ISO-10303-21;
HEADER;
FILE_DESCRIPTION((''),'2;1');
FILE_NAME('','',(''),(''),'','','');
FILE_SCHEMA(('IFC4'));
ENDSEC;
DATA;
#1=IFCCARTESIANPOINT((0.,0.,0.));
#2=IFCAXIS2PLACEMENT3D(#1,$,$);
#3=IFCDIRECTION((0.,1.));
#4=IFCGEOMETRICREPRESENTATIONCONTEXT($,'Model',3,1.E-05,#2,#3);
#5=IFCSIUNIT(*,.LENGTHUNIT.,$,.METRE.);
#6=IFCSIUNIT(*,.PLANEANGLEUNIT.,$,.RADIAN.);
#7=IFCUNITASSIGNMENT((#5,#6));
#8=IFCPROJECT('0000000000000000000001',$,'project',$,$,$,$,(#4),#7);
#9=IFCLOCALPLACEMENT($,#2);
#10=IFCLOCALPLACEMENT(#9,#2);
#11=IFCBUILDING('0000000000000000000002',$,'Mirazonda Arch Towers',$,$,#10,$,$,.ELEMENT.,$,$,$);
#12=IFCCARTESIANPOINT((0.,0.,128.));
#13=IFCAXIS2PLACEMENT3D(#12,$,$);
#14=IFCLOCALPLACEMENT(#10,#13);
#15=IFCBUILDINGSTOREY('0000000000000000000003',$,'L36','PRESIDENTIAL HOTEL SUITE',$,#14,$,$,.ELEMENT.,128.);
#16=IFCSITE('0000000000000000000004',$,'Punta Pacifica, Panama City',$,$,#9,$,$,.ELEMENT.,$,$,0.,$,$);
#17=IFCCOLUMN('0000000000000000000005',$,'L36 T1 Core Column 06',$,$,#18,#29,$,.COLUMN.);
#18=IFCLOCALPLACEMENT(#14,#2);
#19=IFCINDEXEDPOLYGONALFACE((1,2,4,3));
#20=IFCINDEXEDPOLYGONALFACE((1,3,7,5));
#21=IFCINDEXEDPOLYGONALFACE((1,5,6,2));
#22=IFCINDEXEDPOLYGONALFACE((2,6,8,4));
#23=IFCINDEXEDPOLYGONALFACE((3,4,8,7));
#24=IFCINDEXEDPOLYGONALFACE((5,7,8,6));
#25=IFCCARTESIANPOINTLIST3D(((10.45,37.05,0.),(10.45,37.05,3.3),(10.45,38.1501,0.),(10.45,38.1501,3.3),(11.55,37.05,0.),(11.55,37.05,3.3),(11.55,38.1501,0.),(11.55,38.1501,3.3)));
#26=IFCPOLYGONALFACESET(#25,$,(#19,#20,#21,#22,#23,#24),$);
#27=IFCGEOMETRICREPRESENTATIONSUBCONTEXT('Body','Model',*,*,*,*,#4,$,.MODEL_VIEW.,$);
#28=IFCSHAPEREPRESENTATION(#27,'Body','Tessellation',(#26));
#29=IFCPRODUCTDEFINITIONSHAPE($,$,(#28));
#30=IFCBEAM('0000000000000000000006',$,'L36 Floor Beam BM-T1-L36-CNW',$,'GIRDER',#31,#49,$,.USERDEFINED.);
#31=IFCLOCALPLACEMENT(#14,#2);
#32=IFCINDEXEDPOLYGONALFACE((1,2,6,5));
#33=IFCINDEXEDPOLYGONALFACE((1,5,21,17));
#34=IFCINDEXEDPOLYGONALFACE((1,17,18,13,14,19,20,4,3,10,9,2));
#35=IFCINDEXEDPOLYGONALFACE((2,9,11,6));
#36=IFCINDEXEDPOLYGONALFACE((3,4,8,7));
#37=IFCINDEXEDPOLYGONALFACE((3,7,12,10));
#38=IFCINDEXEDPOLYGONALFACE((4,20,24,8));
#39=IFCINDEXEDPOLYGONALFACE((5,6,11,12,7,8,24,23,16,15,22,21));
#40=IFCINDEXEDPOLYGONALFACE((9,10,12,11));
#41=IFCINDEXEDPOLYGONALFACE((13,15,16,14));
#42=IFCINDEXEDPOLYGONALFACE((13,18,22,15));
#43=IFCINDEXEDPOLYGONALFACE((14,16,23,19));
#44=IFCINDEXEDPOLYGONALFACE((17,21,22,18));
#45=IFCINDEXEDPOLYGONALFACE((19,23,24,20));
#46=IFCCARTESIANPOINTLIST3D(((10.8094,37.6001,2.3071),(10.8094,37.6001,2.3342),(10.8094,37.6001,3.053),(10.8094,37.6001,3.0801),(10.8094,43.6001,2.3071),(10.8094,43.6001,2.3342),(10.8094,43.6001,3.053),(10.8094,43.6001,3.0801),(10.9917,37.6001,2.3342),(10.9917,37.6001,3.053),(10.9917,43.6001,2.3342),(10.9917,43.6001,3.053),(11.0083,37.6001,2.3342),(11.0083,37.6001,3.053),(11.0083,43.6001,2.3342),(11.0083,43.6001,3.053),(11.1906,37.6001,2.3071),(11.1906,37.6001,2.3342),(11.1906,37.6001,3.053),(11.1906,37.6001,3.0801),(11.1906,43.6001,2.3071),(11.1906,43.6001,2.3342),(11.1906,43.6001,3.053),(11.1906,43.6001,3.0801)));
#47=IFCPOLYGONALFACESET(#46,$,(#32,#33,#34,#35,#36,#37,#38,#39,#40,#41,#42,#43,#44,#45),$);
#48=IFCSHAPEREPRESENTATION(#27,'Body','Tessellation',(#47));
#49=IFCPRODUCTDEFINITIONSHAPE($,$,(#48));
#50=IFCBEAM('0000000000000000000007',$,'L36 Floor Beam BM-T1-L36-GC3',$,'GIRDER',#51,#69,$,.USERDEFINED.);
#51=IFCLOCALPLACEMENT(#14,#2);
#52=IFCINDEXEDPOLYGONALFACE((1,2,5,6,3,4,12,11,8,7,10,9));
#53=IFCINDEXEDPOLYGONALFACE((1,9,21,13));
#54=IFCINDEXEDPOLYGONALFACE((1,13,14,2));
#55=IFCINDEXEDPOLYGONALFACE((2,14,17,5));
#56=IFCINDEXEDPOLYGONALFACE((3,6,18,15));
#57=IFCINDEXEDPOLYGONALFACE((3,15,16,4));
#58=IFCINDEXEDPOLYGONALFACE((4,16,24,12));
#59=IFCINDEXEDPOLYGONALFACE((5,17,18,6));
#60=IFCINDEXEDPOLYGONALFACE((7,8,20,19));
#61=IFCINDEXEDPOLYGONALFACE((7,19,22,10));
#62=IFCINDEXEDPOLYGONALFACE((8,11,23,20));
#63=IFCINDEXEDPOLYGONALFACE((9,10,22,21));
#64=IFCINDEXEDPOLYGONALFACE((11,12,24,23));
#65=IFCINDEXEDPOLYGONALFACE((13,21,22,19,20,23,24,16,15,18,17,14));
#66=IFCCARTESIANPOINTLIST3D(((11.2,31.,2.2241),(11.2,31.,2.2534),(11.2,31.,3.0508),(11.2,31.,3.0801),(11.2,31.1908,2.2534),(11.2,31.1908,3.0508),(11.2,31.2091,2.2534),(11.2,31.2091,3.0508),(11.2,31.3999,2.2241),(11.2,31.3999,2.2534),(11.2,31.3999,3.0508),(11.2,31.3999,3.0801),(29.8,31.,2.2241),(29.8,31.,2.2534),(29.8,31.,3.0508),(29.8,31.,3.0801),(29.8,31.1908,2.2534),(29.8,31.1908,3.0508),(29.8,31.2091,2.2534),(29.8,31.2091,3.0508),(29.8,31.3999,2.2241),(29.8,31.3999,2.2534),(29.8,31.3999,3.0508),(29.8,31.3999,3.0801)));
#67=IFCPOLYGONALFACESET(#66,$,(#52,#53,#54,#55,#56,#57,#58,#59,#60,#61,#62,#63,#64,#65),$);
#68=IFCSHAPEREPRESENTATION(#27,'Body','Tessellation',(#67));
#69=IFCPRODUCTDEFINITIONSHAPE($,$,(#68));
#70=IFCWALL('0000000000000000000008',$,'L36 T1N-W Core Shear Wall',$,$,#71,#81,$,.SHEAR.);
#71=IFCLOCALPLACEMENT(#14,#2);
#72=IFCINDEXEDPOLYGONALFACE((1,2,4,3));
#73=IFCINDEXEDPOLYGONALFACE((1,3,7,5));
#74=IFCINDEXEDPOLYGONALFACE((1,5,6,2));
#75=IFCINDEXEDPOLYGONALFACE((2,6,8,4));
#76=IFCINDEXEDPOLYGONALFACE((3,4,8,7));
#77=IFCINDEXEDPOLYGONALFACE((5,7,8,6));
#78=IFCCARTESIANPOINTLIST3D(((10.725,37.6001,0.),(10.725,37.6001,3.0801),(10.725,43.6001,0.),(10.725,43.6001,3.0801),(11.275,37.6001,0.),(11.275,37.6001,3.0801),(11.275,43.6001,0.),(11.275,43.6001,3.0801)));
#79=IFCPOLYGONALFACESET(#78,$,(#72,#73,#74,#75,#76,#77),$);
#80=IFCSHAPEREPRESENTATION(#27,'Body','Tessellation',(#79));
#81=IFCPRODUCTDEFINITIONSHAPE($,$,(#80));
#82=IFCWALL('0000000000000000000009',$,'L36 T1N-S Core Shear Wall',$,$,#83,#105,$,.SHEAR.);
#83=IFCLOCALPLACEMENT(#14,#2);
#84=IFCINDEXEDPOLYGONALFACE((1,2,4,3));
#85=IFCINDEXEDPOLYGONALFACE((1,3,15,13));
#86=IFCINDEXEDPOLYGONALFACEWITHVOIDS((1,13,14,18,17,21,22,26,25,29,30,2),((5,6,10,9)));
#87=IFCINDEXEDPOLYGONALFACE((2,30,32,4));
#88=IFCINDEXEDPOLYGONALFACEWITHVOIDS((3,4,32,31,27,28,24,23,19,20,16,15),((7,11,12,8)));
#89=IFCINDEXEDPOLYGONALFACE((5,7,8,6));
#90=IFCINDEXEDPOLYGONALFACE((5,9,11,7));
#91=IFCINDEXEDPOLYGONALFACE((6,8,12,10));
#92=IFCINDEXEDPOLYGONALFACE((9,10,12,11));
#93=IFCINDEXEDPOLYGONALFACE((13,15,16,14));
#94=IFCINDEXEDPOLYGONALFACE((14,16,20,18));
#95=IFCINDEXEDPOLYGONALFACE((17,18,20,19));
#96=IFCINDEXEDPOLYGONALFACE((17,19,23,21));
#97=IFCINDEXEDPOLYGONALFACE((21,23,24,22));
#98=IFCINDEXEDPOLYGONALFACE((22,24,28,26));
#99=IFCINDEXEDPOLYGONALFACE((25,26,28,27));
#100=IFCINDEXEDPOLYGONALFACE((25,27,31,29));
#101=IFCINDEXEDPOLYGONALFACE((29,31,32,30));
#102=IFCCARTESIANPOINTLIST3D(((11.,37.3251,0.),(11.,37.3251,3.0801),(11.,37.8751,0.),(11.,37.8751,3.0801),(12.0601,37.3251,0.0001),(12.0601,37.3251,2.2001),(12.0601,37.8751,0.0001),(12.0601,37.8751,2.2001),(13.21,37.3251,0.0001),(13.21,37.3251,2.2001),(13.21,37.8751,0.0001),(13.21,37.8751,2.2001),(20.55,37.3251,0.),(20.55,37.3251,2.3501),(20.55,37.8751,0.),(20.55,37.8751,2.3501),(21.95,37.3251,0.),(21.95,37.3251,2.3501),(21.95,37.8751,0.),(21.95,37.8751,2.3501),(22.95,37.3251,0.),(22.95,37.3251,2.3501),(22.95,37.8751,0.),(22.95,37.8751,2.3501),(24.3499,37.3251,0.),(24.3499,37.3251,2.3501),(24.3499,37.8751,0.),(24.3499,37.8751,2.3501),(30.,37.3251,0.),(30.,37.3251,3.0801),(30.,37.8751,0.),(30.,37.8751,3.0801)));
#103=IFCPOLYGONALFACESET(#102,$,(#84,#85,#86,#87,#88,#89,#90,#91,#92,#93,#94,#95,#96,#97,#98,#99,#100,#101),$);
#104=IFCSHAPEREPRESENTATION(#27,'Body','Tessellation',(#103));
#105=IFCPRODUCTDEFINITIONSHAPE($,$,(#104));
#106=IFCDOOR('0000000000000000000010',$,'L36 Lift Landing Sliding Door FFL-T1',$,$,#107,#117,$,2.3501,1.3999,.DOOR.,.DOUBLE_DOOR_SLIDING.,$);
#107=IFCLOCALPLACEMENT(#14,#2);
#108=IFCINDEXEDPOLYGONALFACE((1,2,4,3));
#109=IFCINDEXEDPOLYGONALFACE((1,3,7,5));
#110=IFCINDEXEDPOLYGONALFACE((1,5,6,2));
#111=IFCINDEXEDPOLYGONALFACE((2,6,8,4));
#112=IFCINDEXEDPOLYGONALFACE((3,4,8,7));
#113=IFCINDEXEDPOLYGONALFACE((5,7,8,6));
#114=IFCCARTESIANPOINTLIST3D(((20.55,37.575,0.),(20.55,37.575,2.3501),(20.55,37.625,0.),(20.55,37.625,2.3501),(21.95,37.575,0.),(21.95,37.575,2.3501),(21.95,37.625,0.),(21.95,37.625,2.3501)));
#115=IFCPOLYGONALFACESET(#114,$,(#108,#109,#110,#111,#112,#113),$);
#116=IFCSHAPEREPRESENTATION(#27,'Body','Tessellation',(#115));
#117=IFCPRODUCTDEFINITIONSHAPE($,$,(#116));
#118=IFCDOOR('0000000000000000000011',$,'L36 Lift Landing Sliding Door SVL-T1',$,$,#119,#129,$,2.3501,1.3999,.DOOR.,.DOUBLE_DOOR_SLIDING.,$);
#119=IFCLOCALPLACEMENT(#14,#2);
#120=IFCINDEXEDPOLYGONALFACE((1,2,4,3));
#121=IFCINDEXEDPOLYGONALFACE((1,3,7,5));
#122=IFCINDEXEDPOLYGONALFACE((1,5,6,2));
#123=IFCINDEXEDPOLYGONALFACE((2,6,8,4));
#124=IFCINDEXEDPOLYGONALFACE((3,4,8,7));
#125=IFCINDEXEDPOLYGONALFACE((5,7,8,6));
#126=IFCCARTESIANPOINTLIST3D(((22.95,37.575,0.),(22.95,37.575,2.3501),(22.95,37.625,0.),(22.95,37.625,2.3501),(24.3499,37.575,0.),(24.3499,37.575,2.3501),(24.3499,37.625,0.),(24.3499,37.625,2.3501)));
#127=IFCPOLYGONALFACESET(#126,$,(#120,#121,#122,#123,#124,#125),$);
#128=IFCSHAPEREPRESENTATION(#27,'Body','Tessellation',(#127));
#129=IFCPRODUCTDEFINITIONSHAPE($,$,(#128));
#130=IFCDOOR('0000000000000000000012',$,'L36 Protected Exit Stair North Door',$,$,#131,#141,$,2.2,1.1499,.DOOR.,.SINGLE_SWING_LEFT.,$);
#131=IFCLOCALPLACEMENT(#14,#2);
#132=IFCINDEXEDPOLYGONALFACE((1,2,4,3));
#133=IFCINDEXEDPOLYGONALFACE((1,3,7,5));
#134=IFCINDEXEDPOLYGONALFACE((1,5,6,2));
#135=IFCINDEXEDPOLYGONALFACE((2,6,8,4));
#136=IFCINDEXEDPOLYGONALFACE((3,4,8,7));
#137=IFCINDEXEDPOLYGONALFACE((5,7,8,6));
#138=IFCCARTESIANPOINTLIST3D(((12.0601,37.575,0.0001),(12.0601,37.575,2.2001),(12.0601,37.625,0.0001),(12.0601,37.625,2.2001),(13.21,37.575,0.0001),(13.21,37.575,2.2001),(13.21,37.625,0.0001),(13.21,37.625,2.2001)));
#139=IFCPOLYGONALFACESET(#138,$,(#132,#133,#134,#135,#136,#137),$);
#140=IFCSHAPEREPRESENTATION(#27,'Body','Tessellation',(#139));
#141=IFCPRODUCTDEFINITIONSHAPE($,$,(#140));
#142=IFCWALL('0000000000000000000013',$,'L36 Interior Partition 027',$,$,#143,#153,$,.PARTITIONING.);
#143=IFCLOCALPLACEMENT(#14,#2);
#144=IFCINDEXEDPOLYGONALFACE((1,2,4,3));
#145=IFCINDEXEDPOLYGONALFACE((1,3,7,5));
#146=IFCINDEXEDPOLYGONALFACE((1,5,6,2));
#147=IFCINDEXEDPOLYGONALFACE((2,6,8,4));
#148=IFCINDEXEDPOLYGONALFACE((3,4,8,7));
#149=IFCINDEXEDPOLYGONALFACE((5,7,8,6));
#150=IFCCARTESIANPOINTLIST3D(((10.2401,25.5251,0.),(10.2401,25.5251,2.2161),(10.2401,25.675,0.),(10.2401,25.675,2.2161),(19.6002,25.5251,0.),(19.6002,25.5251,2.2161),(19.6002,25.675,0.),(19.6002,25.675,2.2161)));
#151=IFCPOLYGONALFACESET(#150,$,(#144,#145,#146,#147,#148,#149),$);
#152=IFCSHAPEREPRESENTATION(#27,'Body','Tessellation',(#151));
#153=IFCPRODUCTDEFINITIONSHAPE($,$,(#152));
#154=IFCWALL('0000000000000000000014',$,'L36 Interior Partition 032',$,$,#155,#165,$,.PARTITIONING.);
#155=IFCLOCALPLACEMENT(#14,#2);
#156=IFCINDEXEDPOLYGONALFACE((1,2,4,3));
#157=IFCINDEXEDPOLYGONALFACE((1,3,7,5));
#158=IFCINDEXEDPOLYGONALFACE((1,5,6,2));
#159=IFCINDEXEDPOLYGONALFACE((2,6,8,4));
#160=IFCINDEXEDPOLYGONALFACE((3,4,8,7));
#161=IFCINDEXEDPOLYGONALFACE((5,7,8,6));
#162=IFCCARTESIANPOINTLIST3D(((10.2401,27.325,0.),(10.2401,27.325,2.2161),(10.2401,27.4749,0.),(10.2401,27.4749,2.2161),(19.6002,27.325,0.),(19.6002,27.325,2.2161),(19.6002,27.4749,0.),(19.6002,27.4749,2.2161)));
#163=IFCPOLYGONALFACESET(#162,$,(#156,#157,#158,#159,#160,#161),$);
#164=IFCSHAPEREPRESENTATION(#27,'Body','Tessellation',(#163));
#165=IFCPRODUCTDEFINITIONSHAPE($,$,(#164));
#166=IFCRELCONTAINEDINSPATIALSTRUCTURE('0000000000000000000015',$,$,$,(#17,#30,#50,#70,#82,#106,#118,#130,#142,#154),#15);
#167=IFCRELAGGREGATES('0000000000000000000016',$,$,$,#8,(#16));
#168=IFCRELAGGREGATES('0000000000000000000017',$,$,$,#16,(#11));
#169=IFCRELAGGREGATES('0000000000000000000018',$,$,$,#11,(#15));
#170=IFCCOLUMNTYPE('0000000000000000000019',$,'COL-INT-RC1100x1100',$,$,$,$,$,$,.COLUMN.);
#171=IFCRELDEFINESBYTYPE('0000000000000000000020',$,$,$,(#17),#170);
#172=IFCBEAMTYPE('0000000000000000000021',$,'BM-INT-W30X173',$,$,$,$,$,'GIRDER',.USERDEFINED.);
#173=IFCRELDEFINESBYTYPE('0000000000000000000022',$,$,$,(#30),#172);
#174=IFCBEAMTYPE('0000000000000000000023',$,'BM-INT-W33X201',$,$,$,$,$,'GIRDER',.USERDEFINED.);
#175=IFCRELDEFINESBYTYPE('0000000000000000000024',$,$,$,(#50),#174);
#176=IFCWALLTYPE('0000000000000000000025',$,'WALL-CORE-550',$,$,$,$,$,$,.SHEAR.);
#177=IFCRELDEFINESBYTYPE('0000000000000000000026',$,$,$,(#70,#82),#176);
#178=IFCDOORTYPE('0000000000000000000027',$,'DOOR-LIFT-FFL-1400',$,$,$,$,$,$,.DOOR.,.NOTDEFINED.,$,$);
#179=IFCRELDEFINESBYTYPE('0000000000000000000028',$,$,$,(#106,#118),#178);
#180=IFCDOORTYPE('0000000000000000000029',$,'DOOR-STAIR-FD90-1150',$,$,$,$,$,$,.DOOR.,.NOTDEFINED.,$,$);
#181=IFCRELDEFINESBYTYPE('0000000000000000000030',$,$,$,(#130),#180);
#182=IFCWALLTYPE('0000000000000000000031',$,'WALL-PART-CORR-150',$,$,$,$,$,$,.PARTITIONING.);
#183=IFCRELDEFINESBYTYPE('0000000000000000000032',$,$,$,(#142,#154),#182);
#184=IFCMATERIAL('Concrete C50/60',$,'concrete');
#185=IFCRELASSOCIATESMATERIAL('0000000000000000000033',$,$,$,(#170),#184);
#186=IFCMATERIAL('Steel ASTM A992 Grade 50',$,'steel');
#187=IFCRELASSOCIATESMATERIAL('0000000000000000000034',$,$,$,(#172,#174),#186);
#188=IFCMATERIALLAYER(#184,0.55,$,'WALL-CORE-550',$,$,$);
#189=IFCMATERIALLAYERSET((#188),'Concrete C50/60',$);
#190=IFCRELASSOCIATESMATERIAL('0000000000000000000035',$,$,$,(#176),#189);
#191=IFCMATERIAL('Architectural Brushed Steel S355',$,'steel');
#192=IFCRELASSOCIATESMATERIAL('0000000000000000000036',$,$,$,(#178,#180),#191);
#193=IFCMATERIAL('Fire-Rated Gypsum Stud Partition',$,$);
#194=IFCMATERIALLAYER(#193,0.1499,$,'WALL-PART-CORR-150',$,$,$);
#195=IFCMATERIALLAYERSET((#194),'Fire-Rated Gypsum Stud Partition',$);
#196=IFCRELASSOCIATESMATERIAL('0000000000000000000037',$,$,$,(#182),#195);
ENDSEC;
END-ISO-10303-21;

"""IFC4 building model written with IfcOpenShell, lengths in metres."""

from ifc_helpers import new_model, si_unit, direction, frame, frame_2d, origin, origin_2d, place, context, subcontext, project, spatial, rectangle, i_section, extrude, material, layer, layer_set, material_profile, profile_set, type_object, element, fill, save


model = new_model("IFC4")

# Units and contexts
model_context = context("Model", 3, precision=1e-05, world=origin(), true_north=direction((0.0, 1.0)))
body_context = subcontext(model_context, "Body", "Model", "MODEL_VIEW")
ifc_project = project(units=[si_unit("LENGTHUNIT", "METRE"), si_unit("PLANEANGLEUNIT", "RADIAN")], contexts=[model_context])

# Site, building, storey
site_placement = place(None, origin())
site = spatial("IfcSite", under=ifc_project, at=site_placement, Name="Punta Pacifica, Panama City", CompositionType="ELEMENT", RefElevation=0.0)
building_placement = place(site_placement, origin())
building = spatial("IfcBuilding", under=site, at=building_placement, Name="Mirazonda Arch Towers", CompositionType="ELEMENT")
storey_placement = place(building_placement, frame((0.0, 0.0, 128.0)))
storey = spatial("IfcBuildingStorey", under=building, at=storey_placement, Name="L36", Description="PRESIDENTIAL HOTEL SUITE", CompositionType="ELEMENT", Elevation=128.0)

# Column
ifc_material_1 = material(Name="Concrete C50/60", Category="concrete")
ifc_material_profile_1 = material_profile(ifc_material_1, rectangle(XDim=1.1001, YDim=1.1001, at=origin_2d()), Name="RC1100x1100")
ifc_profile_set_1 = profile_set([ifc_material_profile_1], Name="Concrete C50/60")
column_type = type_object("IfcColumnType", Name="COL-INT-RC1100x1100", PredefinedType="COLUMN", material=ifc_profile_set_1)
column_placement = place(storey_placement, frame((11.0, 37.6001, 0.0), z_axis=(0.0, 0.0, 1.0), x_axis=(1.0, 0.0, 0.0)))
element("IfcColumn", 1, at=column_placement, inside=storey, type_object=column_type, Name="L36 T1 Core Column 06", PredefinedType="COLUMN", context=body_context, shape_type="SweptSolid", body=[
    extrude(rectangle(XDim=1.1001, YDim=1.1001, at=origin_2d()), origin(), (0.0, 0.0, 1.0), 3.3),
])

# Beams
ifc_material_2 = material(Name="Steel ASTM A992 Grade 50", Category="steel")
ifc_material_profile_2 = material_profile(ifc_material_2, i_section(OverallWidth=0.3811, OverallDepth=0.7729, WebThickness=0.0166, FlangeThickness=0.0271, at=origin_2d()), Name="W30X173")
ifc_profile_set_2 = profile_set([ifc_material_profile_2], Name="Steel ASTM A992 Grade 50")
beam_type_1 = type_object("IfcBeamType", Name="BM-INT-W30X173", ElementType="GIRDER", PredefinedType="USERDEFINED", material=ifc_profile_set_2)
beam_1_placement = place(storey_placement, frame((11.0, 37.6001, 2.6936), z_axis=(0.0, 1.0, 0.0), x_axis=(-1.0, 0.0, 0.0)))
element("IfcBeam", 2, at=beam_1_placement, inside=storey, type_object=beam_type_1, Name="L36 Floor Beam BM-T1-L36-CNW", ObjectType="GIRDER", PredefinedType="USERDEFINED", context=body_context, shape_type="SweptSolid", body=[
    extrude(i_section(OverallWidth=0.3811, OverallDepth=0.7729, WebThickness=0.0166, FlangeThickness=0.0271, at=origin_2d()), origin(), (0.0, 0.0, 1.0), 6.0),
])
ifc_material_profile_3 = material_profile(ifc_material_2, i_section(OverallWidth=0.3999, OverallDepth=0.856, WebThickness=0.0183, FlangeThickness=0.0293, at=origin_2d()), Name="W33X201")
ifc_profile_set_3 = profile_set([ifc_material_profile_3], Name="Steel ASTM A992 Grade 50")
beam_type_2 = type_object("IfcBeamType", Name="BM-INT-W33X201", ElementType="GIRDER", PredefinedType="USERDEFINED", material=ifc_profile_set_3)
beam_2_placement = place(storey_placement, frame((11.2, 31.2, 2.6521), z_axis=(1.0, 0.0, 0.0), x_axis=(0.0, 1.0, 0.0)))
element("IfcBeam", 3, at=beam_2_placement, inside=storey, type_object=beam_type_2, Name="L36 Floor Beam BM-T1-L36-GC3", ObjectType="GIRDER", PredefinedType="USERDEFINED", context=body_context, shape_type="SweptSolid", body=[
    extrude(i_section(OverallWidth=0.3999, OverallDepth=0.856, WebThickness=0.0183, FlangeThickness=0.0293, at=origin_2d()), origin(), (0.0, 0.0, 1.0), 18.6001),
])

# Wall
ifc_layer_1 = layer(ifc_material_1, 0.55, Name="WALL-CORE-550")
ifc_layer_set_1 = layer_set([ifc_layer_1], Name="Concrete C50/60")
wall_type_1 = type_object("IfcWallType", Name="WALL-CORE-550", PredefinedType="SHEAR", material=ifc_layer_set_1)
wall_1_placement = place(storey_placement, frame((11.0, 37.6001, 0.0), z_axis=(0.0, 0.0, 1.0), x_axis=(0.0, 1.0, 0.0)))
element("IfcWall", 4, at=wall_1_placement, inside=storey, type_object=wall_type_1, Name="L36 T1N-W Core Shear Wall", PredefinedType="SHEAR", context=body_context, shape_type="SweptSolid", body=[
    extrude(rectangle(XDim=6.0, YDim=0.55, at=frame_2d((3.0, 0.0))), origin(), (0.0, 0.0, 1.0), 3.0801),
])

# Wall, openings, doors
wall_2_placement = place(storey_placement, frame((11.0, 37.6001, 0.0), z_axis=(0.0, 0.0, 1.0), x_axis=(1.0, 0.0, 0.0)))
wall_2 = element("IfcWall", 5, at=wall_2_placement, inside=storey, type_object=wall_type_1, Name="L36 T1N-S Core Shear Wall", PredefinedType="SHEAR", context=body_context, shape_type="SweptSolid", body=[
    extrude(rectangle(XDim=19.0, YDim=0.55, at=frame_2d((9.5, 0.0))), origin(), (0.0, 0.0, 1.0), 3.0801),
])
opening_1_placement = place(wall_2_placement, frame((1.0601, 0.0, 0.0)))
opening_1 = element("IfcOpeningElement", 6, at=opening_1_placement, cuts=wall_2, PredefinedType="OPENING", context=body_context, shape_type="SweptSolid", body=[
    extrude(rectangle(XDim=1.1499, YDim=2.2, at=frame_2d((0.575, 1.1001))), frame((0.0, 0.2849, 0.0), z_axis=(0.0, -1.0, 0.0), x_axis=(1.0, 0.0, 0.0)), (0.0, 0.0, 1.0), 0.5701),
])
opening_2_placement = place(wall_2_placement, frame((9.55, 0.0, 0.0)))
opening_2 = element("IfcOpeningElement", 7, at=opening_2_placement, cuts=wall_2, PredefinedType="OPENING", context=body_context, shape_type="SweptSolid", body=[
    extrude(rectangle(XDim=1.3999, YDim=2.3501, at=frame_2d((0.7, 1.175))), frame((0.0, 0.2849, 0.0), z_axis=(0.0, -1.0, 0.0), x_axis=(1.0, 0.0, 0.0)), (0.0, 0.0, 1.0), 0.5701),
])
opening_3_placement = place(wall_2_placement, frame((11.95, 0.0, 0.0)))
opening_3 = element("IfcOpeningElement", 8, at=opening_3_placement, cuts=wall_2, PredefinedType="OPENING", context=body_context, shape_type="SweptSolid", body=[
    extrude(rectangle(XDim=1.3999, YDim=2.3501, at=frame_2d((0.7, 1.175))), frame((0.0, 0.2849, 0.0), z_axis=(0.0, -1.0, 0.0), x_axis=(1.0, 0.0, 0.0)), (0.0, 0.0, 1.0), 0.5701),
])
ifc_material_3 = material(Name="Architectural Brushed Steel S355", Category="steel")
door_type_1 = type_object("IfcDoorType", Name="DOOR-LIFT-FFL-1400", OperationType="NOTDEFINED", PredefinedType="DOOR", material=ifc_material_3)
door_1_placement = place(opening_2_placement, origin())
door_1 = element("IfcDoor", 9, at=door_1_placement, inside=storey, type_object=door_type_1, Name="L36 Lift Landing Sliding Door FFL-T1", OperationType="DOUBLE_DOOR_SLIDING", OverallHeight=2.3501, OverallWidth=1.3999, PredefinedType="DOOR", context=body_context, shape_type="SweptSolid", body=[
    extrude(rectangle(XDim=1.3999, YDim=2.3501, at=frame_2d((0.7, 1.175))), frame((0.0, 0.0249, 0.0), z_axis=(0.0, -1.0, 0.0), x_axis=(1.0, 0.0, 0.0)), (0.0, 0.0, 1.0), 0.05),
])
fill(opening_2, door_1)
door_2_placement = place(opening_3_placement, origin())
door_2 = element("IfcDoor", 10, at=door_2_placement, inside=storey, type_object=door_type_1, Name="L36 Lift Landing Sliding Door SVL-T1", OperationType="DOUBLE_DOOR_SLIDING", OverallHeight=2.3501, OverallWidth=1.3999, PredefinedType="DOOR", context=body_context, shape_type="SweptSolid", body=[
    extrude(rectangle(XDim=1.3999, YDim=2.3501, at=frame_2d((0.7, 1.175))), frame((0.0, 0.0249, 0.0), z_axis=(0.0, -1.0, 0.0), x_axis=(1.0, 0.0, 0.0)), (0.0, 0.0, 1.0), 0.05),
])
fill(opening_3, door_2)
door_type_2 = type_object("IfcDoorType", Name="DOOR-STAIR-FD90-1150", OperationType="NOTDEFINED", PredefinedType="DOOR", material=ifc_material_3)
door_3_placement = place(opening_1_placement, origin())
door_3 = element("IfcDoor", 11, at=door_3_placement, inside=storey, type_object=door_type_2, Name="L36 Protected Exit Stair North Door", OperationType="SINGLE_SWING_LEFT", OverallHeight=2.2, OverallWidth=1.1499, PredefinedType="DOOR", context=body_context, shape_type="SweptSolid", body=[
    extrude(rectangle(XDim=1.1499, YDim=2.2, at=frame_2d((0.575, 1.1001))), frame((0.0, 0.0249, 0.0), z_axis=(0.0, -1.0, 0.0), x_axis=(1.0, 0.0, 0.0)), (0.0, 0.0, 1.0), 0.05),
])
fill(opening_1, door_3)

# Walls
ifc_material_4 = material(Name="Fire-Rated Gypsum Stud Partition")
ifc_layer_2 = layer(ifc_material_4, 0.1499, Name="WALL-PART-CORR-150")
ifc_layer_set_2 = layer_set([ifc_layer_2], Name="Fire-Rated Gypsum Stud Partition")
wall_type_2 = type_object("IfcWallType", Name="WALL-PART-CORR-150", PredefinedType="PARTITIONING", material=ifc_layer_set_2)
for number, where, z_axis, x_axis, name in (
    (12, (10.24, 25.6001, 0.0), (0.0, 0.0, 1.0), (1.0, 0.0, 0.0), "L36 Interior Partition 027"),
    (13, (10.24, 27.3999, 0.0), (0.0, 0.0, 1.0), (1.0, 0.0, 0.0), "L36 Interior Partition 032"),
):
    element("IfcWall", number, at=place(storey_placement, frame(where, z_axis=z_axis, x_axis=x_axis)), inside=storey, type_object=wall_type_2, Name=name, PredefinedType="PARTITIONING", context=body_context, shape_type="SweptSolid", body=[
        extrude(rectangle(XDim=9.3601, YDim=0.1499, at=frame_2d((4.6802, 0.0))), origin(), (0.0, 0.0, 1.0), 2.2161),
    ])

save(model, "model.ifc")
